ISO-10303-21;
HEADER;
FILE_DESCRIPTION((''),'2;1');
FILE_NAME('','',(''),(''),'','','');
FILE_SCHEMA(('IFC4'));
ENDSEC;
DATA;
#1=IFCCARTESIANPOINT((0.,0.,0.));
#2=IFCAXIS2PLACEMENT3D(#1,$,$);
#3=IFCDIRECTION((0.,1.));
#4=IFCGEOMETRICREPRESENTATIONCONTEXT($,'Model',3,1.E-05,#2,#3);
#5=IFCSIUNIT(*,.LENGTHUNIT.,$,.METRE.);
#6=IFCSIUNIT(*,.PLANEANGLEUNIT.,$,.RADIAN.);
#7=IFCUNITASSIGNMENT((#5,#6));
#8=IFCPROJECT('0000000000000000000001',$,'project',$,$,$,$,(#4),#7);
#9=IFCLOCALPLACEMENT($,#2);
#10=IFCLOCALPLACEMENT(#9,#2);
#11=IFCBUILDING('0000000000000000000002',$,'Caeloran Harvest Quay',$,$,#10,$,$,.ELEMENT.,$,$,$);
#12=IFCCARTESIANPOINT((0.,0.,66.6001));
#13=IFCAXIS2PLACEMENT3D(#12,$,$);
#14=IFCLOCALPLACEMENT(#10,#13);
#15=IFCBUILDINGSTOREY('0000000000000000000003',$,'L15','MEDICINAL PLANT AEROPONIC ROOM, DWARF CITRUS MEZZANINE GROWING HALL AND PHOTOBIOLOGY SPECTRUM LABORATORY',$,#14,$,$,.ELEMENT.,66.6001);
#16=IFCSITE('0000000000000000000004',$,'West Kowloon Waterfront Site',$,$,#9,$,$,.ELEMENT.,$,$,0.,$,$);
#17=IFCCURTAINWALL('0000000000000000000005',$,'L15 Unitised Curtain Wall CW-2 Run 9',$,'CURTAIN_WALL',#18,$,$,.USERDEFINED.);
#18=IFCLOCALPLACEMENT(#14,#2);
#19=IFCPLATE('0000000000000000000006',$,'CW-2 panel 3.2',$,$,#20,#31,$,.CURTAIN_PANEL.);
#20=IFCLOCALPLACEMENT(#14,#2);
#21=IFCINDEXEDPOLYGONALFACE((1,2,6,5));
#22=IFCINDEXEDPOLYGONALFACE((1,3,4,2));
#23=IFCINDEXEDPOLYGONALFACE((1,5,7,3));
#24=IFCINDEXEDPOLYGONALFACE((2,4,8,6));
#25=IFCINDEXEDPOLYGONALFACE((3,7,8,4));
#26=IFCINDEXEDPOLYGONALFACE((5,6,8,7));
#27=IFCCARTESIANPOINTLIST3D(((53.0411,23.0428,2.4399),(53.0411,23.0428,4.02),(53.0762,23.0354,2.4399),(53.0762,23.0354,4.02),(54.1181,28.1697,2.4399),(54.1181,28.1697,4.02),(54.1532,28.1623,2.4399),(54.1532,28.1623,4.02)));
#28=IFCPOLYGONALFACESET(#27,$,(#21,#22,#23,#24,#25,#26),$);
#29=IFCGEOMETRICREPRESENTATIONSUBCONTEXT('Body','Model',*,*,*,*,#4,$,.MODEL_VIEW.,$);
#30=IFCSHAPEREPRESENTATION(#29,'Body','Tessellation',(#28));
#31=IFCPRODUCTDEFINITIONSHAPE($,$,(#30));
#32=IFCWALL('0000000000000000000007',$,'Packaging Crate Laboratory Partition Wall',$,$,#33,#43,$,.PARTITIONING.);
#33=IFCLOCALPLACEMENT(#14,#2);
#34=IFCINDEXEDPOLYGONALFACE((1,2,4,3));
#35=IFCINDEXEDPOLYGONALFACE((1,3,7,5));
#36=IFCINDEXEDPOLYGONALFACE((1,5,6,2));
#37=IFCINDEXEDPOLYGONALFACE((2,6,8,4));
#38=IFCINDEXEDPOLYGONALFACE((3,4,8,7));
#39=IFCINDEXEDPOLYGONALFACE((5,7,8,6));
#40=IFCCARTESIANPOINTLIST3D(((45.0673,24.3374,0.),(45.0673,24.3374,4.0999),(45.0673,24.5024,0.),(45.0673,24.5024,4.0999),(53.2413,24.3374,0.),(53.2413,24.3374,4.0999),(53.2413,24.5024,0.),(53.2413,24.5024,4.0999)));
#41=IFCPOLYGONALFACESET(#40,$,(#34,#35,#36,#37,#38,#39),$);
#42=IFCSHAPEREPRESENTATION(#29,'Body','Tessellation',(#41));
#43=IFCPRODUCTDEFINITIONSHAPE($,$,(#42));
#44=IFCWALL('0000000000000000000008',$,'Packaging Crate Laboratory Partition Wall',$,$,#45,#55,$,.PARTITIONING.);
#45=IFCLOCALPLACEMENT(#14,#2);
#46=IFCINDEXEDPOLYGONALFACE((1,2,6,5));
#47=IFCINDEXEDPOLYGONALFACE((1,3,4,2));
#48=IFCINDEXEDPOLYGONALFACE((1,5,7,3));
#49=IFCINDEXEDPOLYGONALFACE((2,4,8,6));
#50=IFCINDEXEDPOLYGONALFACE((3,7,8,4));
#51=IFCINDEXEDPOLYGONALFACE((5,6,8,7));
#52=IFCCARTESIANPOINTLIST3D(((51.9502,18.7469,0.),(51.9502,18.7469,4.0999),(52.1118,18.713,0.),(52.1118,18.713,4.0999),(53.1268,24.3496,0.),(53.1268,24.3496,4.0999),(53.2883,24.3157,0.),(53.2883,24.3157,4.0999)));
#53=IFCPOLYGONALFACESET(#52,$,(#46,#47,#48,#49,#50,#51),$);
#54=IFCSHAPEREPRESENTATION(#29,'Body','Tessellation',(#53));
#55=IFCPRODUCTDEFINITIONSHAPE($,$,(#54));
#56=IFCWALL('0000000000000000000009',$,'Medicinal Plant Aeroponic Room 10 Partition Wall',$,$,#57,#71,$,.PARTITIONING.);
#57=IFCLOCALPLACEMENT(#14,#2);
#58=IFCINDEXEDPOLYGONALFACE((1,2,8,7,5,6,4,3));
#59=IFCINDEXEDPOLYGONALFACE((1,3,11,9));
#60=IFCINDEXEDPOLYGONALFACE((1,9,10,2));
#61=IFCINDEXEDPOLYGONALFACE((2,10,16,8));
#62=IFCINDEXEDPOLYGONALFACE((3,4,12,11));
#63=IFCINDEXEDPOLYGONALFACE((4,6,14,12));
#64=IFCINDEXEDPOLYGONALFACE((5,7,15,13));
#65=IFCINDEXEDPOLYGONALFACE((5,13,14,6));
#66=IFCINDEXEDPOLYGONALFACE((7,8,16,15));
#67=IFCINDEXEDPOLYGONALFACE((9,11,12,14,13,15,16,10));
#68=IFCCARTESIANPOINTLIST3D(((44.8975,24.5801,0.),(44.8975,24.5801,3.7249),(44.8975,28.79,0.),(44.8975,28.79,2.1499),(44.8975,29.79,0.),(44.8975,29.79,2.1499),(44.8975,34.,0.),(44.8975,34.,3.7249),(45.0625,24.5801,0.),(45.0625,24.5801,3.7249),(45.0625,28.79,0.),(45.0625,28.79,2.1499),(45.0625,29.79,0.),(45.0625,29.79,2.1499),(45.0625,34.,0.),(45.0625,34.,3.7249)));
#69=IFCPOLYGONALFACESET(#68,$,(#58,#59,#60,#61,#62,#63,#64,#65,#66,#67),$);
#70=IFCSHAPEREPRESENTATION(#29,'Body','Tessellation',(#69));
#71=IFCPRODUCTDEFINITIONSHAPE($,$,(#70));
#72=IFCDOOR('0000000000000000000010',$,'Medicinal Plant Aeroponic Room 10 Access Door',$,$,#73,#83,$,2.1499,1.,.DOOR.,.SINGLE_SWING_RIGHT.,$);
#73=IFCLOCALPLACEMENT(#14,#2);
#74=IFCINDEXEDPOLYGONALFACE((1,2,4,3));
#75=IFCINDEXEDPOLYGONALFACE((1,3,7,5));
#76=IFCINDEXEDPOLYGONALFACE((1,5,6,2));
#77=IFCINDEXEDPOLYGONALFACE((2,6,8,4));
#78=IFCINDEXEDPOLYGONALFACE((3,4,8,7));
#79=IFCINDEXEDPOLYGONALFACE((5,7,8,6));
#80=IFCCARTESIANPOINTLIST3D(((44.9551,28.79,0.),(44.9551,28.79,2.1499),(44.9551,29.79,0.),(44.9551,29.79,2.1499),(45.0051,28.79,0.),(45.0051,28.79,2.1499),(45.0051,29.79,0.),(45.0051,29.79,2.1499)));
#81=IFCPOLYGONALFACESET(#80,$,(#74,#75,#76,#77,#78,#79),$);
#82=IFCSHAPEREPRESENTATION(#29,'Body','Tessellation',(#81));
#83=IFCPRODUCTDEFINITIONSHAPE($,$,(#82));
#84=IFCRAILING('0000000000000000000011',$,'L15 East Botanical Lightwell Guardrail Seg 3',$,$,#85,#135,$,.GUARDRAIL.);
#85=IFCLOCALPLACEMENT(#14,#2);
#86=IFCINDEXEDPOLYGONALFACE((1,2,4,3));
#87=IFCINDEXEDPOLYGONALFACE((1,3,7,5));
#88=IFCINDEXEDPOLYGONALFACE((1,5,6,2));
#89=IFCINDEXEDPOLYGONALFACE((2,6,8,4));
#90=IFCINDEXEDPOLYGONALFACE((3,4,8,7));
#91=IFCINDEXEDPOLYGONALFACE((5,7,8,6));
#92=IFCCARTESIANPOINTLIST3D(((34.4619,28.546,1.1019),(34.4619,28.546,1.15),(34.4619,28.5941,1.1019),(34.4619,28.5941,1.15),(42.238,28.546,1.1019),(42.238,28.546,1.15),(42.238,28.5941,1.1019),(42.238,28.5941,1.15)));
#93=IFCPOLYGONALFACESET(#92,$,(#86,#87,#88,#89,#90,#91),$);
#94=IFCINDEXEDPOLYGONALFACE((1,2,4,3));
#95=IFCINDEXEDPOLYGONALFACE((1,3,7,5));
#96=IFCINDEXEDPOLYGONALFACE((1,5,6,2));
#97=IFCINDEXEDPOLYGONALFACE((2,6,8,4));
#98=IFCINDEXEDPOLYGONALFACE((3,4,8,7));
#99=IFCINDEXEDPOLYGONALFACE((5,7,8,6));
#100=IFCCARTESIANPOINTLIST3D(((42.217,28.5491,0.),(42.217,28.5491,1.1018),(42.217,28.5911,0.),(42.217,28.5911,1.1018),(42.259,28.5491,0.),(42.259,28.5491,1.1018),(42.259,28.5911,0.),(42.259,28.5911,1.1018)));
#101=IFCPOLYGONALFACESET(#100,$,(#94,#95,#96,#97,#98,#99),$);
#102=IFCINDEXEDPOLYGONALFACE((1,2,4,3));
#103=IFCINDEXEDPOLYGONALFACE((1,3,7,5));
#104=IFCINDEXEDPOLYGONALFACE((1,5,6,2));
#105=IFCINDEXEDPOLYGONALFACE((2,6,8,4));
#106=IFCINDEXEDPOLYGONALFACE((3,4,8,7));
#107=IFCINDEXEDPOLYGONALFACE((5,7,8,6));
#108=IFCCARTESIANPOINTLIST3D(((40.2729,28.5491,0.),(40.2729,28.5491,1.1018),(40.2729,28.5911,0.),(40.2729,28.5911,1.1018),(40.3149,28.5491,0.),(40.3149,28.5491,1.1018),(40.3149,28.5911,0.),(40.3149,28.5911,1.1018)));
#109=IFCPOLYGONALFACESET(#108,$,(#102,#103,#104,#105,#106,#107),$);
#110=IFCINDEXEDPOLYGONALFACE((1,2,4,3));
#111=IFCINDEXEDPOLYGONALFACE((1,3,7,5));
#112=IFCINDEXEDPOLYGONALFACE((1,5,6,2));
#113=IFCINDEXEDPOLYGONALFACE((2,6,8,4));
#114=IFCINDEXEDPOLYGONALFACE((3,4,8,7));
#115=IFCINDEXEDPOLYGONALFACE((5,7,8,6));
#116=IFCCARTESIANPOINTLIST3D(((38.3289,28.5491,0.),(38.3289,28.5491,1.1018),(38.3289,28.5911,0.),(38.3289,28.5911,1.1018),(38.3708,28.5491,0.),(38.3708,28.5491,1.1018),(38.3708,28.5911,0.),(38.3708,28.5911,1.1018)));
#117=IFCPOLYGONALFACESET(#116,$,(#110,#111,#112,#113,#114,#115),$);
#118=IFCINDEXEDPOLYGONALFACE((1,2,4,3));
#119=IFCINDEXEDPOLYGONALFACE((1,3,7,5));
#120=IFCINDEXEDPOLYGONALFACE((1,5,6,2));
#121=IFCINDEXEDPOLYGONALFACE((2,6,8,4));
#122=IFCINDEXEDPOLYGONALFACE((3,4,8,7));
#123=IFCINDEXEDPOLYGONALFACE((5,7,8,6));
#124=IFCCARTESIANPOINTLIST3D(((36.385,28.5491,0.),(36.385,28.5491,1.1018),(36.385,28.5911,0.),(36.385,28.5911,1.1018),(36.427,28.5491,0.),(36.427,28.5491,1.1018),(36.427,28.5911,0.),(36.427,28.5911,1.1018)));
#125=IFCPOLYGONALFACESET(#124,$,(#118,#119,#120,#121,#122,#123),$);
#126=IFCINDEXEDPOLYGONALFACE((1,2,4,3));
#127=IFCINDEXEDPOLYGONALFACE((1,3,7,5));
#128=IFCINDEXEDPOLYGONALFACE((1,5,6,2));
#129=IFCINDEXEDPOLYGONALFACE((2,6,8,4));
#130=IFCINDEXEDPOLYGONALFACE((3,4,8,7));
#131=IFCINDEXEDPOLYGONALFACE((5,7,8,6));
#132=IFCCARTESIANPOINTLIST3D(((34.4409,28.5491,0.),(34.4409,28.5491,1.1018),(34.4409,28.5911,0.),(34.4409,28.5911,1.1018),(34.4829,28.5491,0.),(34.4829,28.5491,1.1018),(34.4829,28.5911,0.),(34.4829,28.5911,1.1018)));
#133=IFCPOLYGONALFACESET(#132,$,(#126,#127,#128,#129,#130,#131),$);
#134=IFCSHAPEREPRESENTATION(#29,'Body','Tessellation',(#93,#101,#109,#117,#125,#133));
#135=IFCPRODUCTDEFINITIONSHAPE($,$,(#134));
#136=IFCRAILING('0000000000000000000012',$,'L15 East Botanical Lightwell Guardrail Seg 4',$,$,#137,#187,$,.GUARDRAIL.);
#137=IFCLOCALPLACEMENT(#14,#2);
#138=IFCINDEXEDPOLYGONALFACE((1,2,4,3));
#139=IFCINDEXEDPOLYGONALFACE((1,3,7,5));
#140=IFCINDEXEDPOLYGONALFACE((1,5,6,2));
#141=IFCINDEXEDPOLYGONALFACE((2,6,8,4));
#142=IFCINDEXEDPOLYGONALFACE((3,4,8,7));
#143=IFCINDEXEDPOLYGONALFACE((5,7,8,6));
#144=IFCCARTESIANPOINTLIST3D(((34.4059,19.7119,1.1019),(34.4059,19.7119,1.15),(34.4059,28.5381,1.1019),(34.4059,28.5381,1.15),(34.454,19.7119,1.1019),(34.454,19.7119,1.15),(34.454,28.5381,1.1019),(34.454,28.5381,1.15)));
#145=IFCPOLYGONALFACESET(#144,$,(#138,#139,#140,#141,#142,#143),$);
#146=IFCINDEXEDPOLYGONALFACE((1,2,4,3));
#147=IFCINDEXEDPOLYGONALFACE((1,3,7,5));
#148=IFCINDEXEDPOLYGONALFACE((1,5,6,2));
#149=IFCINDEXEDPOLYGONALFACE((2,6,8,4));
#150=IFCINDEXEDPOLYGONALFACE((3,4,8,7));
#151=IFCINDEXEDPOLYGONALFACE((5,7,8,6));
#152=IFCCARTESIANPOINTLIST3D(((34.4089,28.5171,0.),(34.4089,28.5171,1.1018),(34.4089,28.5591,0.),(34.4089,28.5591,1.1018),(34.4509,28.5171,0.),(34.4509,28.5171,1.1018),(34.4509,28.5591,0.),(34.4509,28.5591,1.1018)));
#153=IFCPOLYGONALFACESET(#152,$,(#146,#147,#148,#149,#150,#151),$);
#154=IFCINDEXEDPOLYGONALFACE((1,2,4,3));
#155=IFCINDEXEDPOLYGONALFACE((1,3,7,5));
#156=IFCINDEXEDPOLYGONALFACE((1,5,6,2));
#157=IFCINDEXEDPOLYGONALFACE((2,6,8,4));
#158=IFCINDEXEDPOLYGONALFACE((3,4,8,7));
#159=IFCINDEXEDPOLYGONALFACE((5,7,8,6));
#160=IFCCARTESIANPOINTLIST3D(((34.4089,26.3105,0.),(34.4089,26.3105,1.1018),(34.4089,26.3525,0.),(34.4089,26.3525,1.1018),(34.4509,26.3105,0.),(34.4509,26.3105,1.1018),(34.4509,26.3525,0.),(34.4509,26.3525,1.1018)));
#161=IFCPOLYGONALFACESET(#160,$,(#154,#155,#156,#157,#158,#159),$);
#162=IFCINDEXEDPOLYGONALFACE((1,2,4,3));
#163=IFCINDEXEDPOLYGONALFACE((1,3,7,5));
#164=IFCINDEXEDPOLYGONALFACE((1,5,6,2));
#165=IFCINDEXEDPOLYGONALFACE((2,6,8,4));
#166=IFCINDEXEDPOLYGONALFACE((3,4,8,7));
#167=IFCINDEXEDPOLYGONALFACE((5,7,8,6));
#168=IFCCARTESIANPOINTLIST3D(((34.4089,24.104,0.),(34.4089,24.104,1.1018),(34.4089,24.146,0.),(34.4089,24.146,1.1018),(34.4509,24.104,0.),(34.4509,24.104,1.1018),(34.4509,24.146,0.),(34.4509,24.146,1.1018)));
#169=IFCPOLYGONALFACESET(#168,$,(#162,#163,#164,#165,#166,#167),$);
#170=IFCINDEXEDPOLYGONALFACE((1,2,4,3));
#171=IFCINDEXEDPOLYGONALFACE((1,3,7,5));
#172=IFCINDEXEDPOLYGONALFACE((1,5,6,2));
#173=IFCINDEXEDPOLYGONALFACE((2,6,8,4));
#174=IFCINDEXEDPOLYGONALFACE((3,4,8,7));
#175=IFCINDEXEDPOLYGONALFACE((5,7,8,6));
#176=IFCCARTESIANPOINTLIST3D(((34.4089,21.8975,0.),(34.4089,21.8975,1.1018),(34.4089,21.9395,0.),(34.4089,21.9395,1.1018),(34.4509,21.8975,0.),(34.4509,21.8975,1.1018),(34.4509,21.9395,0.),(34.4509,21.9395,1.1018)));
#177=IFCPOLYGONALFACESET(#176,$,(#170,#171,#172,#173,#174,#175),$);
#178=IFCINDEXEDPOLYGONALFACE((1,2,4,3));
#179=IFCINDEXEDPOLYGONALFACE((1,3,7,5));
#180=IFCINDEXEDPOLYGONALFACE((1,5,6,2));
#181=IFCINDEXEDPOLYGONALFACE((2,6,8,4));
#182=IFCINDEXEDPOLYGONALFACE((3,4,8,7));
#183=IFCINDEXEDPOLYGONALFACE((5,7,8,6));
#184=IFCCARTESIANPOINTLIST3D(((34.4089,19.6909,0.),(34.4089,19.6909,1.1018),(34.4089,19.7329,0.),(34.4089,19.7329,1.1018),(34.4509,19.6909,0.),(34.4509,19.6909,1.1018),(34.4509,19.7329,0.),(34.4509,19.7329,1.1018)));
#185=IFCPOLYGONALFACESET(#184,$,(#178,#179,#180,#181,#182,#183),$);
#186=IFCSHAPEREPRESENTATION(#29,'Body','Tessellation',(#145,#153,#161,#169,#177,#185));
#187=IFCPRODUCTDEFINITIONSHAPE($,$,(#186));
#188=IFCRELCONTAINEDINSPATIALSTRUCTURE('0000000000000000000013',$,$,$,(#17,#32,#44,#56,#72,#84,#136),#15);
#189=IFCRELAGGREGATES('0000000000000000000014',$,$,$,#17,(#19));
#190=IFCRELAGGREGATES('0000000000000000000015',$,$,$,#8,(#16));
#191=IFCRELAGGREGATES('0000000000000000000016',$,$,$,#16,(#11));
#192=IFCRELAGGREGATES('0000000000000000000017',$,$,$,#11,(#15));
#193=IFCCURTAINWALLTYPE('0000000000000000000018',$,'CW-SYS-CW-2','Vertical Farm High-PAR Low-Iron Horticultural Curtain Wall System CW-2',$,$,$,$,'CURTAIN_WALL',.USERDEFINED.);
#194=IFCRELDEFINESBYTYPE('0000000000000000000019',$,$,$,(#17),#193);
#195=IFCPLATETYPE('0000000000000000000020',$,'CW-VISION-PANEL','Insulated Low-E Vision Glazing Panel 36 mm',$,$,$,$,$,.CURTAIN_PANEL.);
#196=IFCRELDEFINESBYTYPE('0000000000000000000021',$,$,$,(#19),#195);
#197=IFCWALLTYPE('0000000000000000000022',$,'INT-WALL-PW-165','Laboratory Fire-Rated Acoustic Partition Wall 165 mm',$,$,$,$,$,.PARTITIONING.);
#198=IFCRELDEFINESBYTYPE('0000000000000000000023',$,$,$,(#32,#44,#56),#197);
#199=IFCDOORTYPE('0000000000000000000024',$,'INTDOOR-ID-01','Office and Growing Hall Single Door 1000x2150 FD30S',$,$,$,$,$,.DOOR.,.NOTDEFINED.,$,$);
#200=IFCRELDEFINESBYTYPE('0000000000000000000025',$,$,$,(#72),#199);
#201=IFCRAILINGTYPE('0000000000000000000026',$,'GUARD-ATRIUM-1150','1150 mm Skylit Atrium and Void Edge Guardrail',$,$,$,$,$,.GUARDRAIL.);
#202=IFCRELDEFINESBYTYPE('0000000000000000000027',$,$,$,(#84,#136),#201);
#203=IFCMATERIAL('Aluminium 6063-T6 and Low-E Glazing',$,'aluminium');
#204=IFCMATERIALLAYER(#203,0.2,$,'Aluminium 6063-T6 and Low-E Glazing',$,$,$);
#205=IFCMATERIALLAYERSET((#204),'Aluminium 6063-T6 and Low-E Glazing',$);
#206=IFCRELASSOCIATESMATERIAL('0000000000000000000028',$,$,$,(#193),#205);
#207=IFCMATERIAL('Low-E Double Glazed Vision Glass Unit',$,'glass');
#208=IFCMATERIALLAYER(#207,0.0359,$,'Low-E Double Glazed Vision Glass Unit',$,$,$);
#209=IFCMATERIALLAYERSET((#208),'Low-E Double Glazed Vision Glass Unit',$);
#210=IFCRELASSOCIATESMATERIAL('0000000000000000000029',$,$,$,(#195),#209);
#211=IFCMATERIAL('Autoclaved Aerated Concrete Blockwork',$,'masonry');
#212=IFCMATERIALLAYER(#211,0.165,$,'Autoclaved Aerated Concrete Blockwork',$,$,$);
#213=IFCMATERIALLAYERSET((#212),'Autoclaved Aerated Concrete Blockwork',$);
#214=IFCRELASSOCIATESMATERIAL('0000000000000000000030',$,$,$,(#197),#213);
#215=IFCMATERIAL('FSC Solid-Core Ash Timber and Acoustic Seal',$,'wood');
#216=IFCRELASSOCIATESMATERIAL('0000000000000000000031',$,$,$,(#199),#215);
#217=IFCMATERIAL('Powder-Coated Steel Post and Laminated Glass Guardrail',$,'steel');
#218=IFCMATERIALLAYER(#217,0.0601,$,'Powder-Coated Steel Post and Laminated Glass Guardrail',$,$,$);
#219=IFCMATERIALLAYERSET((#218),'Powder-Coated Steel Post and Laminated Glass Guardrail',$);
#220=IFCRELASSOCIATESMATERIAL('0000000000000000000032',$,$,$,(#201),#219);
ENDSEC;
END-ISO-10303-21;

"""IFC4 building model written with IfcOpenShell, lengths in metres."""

from ifc_helpers import new_model, si_unit, direction, frame, frame_2d, origin, origin_2d, place, context, subcontext, project, spatial, rectangle, extrude, material, layer, layer_set, type_object, element, fill, aggregate, save


model = new_model("IFC4")

# Units and contexts
model_context = context("Model", 3, precision=1e-05, world=origin(), true_north=direction((0.0, 1.0)))
body_context = subcontext(model_context, "Body", "Model", "MODEL_VIEW")
ifc_project = project(units=[si_unit("LENGTHUNIT", "METRE"), si_unit("PLANEANGLEUNIT", "RADIAN")], contexts=[model_context])

# Site, building, storey
site_placement = place(None, origin())
site = spatial("IfcSite", under=ifc_project, at=site_placement, Name="West Kowloon Waterfront Site", CompositionType="ELEMENT", RefElevation=0.0)
building_placement = place(site_placement, origin())
building = spatial("IfcBuilding", under=site, at=building_placement, Name="Caeloran Harvest Quay", CompositionType="ELEMENT")
storey_placement = place(building_placement, frame((0.0, 0.0, 66.6001)))
storey = spatial("IfcBuildingStorey", under=building, at=storey_placement, Name="L15", Description="MEDICINAL PLANT AEROPONIC ROOM, DWARF CITRUS MEZZANINE GROWING HALL AND PHOTOBIOLOGY SPECTRUM LABORATORY", CompositionType="ELEMENT", Elevation=66.6001)

# Curtain wall, plate
ifc_material_1 = material(Name="Aluminium 6063-T6 and Low-E Glazing", Category="aluminium")
ifc_layer_1 = layer(ifc_material_1, 0.2, Name="Aluminium 6063-T6 and Low-E Glazing")
ifc_layer_set_1 = layer_set([ifc_layer_1], Name="Aluminium 6063-T6 and Low-E Glazing")
curtain_wall_type = type_object("IfcCurtainWallType", Name="CW-SYS-CW-2", Description="Vertical Farm High-PAR Low-Iron Horticultural Curtain Wall System CW-2", ElementType="CURTAIN_WALL", PredefinedType="USERDEFINED", material=ifc_layer_set_1)
curtain_wall_placement = place(storey_placement, origin())
curtain_wall = element("IfcCurtainWall", 1, at=curtain_wall_placement, inside=storey, type_object=curtain_wall_type, Name="L15 Unitised Curtain Wall CW-2 Run 9", ObjectType="CURTAIN_WALL", PredefinedType="USERDEFINED")
ifc_material_2 = material(Name="Low-E Double Glazed Vision Glass Unit", Category="glass")
ifc_layer_2 = layer(ifc_material_2, 0.0359, Name="Low-E Double Glazed Vision Glass Unit")
ifc_layer_set_2 = layer_set([ifc_layer_2], Name="Low-E Double Glazed Vision Glass Unit")
plate_type = type_object("IfcPlateType", Name="CW-VISION-PANEL", Description="Insulated Low-E Vision Glazing Panel 36 mm", PredefinedType="CURTAIN_PANEL", material=ifc_layer_set_2)
plate_1_placement = place(storey_placement, frame((53.5972, 25.6025, 2.4399), z_axis=(0.0, 0.0, 1.0), x_axis=(-0.205583, -0.97864, 0.0)))
plate_1 = element("IfcPlate", 2, at=plate_1_placement, type_object=plate_type, Name="CW-2 panel 3.2", PredefinedType="CURTAIN_PANEL", context=body_context, shape_type="SweptSolid", body=[
    extrude(rectangle(XDim=5.2388, YDim=0.0359, at=origin_2d()), origin(), (0.0, 0.0, 1.0), 1.5801),
])
aggregate(curtain_wall, [plate_1])

# Walls
ifc_material_3 = material(Name="Autoclaved Aerated Concrete Blockwork", Category="masonry")
ifc_layer_3 = layer(ifc_material_3, 0.165, Name="Autoclaved Aerated Concrete Blockwork")
ifc_layer_set_3 = layer_set([ifc_layer_3], Name="Autoclaved Aerated Concrete Blockwork")
wall_type = type_object("IfcWallType", Name="INT-WALL-PW-165", Description="Laboratory Fire-Rated Acoustic Partition Wall 165 mm", PredefinedType="PARTITIONING", material=ifc_layer_set_3)
wall_1_placement = place(storey_placement, frame((45.0674, 24.4199, 0.0), z_axis=(0.0, 0.0, 1.0), x_axis=(1.0, 0.0, 0.0)))
element("IfcWall", 3, at=wall_1_placement, inside=storey, type_object=wall_type, Name="Packaging Crate Laboratory Partition Wall", PredefinedType="PARTITIONING", context=body_context, shape_type="SweptSolid", body=[
    extrude(rectangle(XDim=8.1741, YDim=0.165, at=frame_2d((4.0869, 0.0))), origin(), (0.0, 0.0, 1.0), 4.0999),
])
wall_2_placement = place(storey_placement, frame((53.2075, 24.3325, 0.0), z_axis=(0.0, 0.0, 1.0), x_axis=(-0.205514, -0.978654, 0.0)))
element("IfcWall", 4, at=wall_2_placement, inside=storey, type_object=wall_type, Name="Packaging Crate Laboratory Partition Wall", PredefinedType="PARTITIONING", context=body_context, shape_type="SweptSolid", body=[
    extrude(rectangle(XDim=5.7249, YDim=0.165, at=frame_2d((2.8623, 0.0))), origin(), (0.0, 0.0, 1.0), 4.0999),
])

# Wall, opening, door
wall_3_placement = place(storey_placement, frame((44.98, 24.5801, 0.0), z_axis=(0.0, 0.0, 1.0), x_axis=(0.0, 1.0, 0.0)))
wall_3 = element("IfcWall", 5, at=wall_3_placement, inside=storey, type_object=wall_type, Name="Medicinal Plant Aeroponic Room 10 Partition Wall", PredefinedType="PARTITIONING", context=body_context, shape_type="SweptSolid", body=[
    extrude(rectangle(XDim=9.4199, YDim=0.165, at=frame_2d((4.71, 0.0))), origin(), (0.0, 0.0, 1.0), 3.7249),
])
opening_placement = place(wall_3_placement, frame((4.21, 0.0, 0.0)))
opening = element("IfcOpeningElement", 6, at=opening_placement, cuts=wall_3, PredefinedType="OPENING", context=body_context, shape_type="SweptSolid", body=[
    extrude(rectangle(XDim=1.0, YDim=2.1499, at=frame_2d((0.5, 1.075))), frame((0.0, 0.0925, 0.0), z_axis=(0.0, -1.0, 0.0), x_axis=(1.0, 0.0, 0.0)), (0.0, 0.0, 1.0), 0.1851),
])
ifc_material_4 = material(Name="FSC Solid-Core Ash Timber and Acoustic Seal", Category="wood")
door_type = type_object("IfcDoorType", Name="INTDOOR-ID-01", Description="Office and Growing Hall Single Door 1000x2150 FD30S", OperationType="NOTDEFINED", PredefinedType="DOOR", material=ifc_material_4)
door_placement = place(opening_placement, origin())
door = element("IfcDoor", 7, at=door_placement, inside=storey, type_object=door_type, Name="Medicinal Plant Aeroponic Room 10 Access Door", OperationType="SINGLE_SWING_RIGHT", OverallHeight=2.1499, OverallWidth=1.0, PredefinedType="DOOR", context=body_context, shape_type="SweptSolid", body=[
    extrude(rectangle(XDim=1.0, YDim=2.1499, at=frame_2d((0.5, 1.075))), frame((0.0, 0.0249, 0.0), z_axis=(0.0, -1.0, 0.0), x_axis=(1.0, 0.0, 0.0)), (0.0, 0.0, 1.0), 0.05),
])
fill(opening, door)

# Railings
ifc_material_5 = material(Name="Powder-Coated Steel Post and Laminated Glass Guardrail", Category="steel")
ifc_layer_4 = layer(ifc_material_5, 0.0601, Name="Powder-Coated Steel Post and Laminated Glass Guardrail")
ifc_layer_set_4 = layer_set([ifc_layer_4], Name="Powder-Coated Steel Post and Laminated Glass Guardrail")
railing_type = type_object("IfcRailingType", Name="GUARD-ATRIUM-1150", Description="1150 mm Skylit Atrium and Void Edge Guardrail", PredefinedType="GUARDRAIL", material=ifc_layer_set_4)
railing_1_placement = place(storey_placement, frame((42.238, 28.5701, 0.0)))
element("IfcRailing", 8, at=railing_1_placement, inside=storey, type_object=railing_type, Name="L15 East Botanical Lightwell Guardrail Seg 3", PredefinedType="GUARDRAIL", context=body_context, shape_type="SweptSolid", body=[
    extrude(rectangle(XDim=0.0481, YDim=0.0481, at=origin_2d()), frame((0.0, 0.0, 1.126), z_axis=(-1.0, 0.0, 0.0), x_axis=(0.0, -1.0, 0.0)), (0.0, 0.0, 1.0), 7.7761),
    extrude(rectangle(XDim=0.042, YDim=0.042, at=origin_2d()), origin(), (0.0, 0.0, 1.0), 1.1018),
    extrude(rectangle(XDim=0.042, YDim=0.042, at=origin_2d()), frame((-1.9441, 0.0, 0.0)), (0.0, 0.0, 1.0), 1.1018),
    extrude(rectangle(XDim=0.042, YDim=0.042, at=origin_2d()), frame((-3.8882, 0.0, 0.0)), (0.0, 0.0, 1.0), 1.1018),
    extrude(rectangle(XDim=0.042, YDim=0.042, at=origin_2d()), frame((-5.832, 0.0, 0.0)), (0.0, 0.0, 1.0), 1.1018),
    extrude(rectangle(XDim=0.042, YDim=0.042, at=origin_2d()), frame((-7.7761, 0.0, 0.0)), (0.0, 0.0, 1.0), 1.1018),
])
railing_2_placement = place(storey_placement, frame((34.4299, 28.5381, 0.0)))
element("IfcRailing", 9, at=railing_2_placement, inside=storey, type_object=railing_type, Name="L15 East Botanical Lightwell Guardrail Seg 4", PredefinedType="GUARDRAIL", context=body_context, shape_type="SweptSolid", body=[
    extrude(rectangle(XDim=0.0481, YDim=0.0481, at=origin_2d()), frame((0.0, 0.0, 1.126), z_axis=(0.0, -1.0, 0.0), x_axis=(1.0, 0.0, 0.0)), (0.0, 0.0, 1.0), 8.8262),
    extrude(rectangle(XDim=0.042, YDim=0.042, at=origin_2d()), origin(), (0.0, 0.0, 1.0), 1.1018),
    extrude(rectangle(XDim=0.042, YDim=0.042, at=origin_2d()), frame((0.0, -2.2065, 0.0)), (0.0, 0.0, 1.0), 1.1018),
    extrude(rectangle(XDim=0.042, YDim=0.042, at=origin_2d()), frame((0.0, -4.4131, 0.0)), (0.0, 0.0, 1.0), 1.1018),
    extrude(rectangle(XDim=0.042, YDim=0.042, at=origin_2d()), frame((0.0, -6.6196, 0.0)), (0.0, 0.0, 1.0), 1.1018),
    extrude(rectangle(XDim=0.042, YDim=0.042, at=origin_2d()), frame((0.0, -8.8262, 0.0)), (0.0, 0.0, 1.0), 1.1018),
])

save(model, "model.ifc")
